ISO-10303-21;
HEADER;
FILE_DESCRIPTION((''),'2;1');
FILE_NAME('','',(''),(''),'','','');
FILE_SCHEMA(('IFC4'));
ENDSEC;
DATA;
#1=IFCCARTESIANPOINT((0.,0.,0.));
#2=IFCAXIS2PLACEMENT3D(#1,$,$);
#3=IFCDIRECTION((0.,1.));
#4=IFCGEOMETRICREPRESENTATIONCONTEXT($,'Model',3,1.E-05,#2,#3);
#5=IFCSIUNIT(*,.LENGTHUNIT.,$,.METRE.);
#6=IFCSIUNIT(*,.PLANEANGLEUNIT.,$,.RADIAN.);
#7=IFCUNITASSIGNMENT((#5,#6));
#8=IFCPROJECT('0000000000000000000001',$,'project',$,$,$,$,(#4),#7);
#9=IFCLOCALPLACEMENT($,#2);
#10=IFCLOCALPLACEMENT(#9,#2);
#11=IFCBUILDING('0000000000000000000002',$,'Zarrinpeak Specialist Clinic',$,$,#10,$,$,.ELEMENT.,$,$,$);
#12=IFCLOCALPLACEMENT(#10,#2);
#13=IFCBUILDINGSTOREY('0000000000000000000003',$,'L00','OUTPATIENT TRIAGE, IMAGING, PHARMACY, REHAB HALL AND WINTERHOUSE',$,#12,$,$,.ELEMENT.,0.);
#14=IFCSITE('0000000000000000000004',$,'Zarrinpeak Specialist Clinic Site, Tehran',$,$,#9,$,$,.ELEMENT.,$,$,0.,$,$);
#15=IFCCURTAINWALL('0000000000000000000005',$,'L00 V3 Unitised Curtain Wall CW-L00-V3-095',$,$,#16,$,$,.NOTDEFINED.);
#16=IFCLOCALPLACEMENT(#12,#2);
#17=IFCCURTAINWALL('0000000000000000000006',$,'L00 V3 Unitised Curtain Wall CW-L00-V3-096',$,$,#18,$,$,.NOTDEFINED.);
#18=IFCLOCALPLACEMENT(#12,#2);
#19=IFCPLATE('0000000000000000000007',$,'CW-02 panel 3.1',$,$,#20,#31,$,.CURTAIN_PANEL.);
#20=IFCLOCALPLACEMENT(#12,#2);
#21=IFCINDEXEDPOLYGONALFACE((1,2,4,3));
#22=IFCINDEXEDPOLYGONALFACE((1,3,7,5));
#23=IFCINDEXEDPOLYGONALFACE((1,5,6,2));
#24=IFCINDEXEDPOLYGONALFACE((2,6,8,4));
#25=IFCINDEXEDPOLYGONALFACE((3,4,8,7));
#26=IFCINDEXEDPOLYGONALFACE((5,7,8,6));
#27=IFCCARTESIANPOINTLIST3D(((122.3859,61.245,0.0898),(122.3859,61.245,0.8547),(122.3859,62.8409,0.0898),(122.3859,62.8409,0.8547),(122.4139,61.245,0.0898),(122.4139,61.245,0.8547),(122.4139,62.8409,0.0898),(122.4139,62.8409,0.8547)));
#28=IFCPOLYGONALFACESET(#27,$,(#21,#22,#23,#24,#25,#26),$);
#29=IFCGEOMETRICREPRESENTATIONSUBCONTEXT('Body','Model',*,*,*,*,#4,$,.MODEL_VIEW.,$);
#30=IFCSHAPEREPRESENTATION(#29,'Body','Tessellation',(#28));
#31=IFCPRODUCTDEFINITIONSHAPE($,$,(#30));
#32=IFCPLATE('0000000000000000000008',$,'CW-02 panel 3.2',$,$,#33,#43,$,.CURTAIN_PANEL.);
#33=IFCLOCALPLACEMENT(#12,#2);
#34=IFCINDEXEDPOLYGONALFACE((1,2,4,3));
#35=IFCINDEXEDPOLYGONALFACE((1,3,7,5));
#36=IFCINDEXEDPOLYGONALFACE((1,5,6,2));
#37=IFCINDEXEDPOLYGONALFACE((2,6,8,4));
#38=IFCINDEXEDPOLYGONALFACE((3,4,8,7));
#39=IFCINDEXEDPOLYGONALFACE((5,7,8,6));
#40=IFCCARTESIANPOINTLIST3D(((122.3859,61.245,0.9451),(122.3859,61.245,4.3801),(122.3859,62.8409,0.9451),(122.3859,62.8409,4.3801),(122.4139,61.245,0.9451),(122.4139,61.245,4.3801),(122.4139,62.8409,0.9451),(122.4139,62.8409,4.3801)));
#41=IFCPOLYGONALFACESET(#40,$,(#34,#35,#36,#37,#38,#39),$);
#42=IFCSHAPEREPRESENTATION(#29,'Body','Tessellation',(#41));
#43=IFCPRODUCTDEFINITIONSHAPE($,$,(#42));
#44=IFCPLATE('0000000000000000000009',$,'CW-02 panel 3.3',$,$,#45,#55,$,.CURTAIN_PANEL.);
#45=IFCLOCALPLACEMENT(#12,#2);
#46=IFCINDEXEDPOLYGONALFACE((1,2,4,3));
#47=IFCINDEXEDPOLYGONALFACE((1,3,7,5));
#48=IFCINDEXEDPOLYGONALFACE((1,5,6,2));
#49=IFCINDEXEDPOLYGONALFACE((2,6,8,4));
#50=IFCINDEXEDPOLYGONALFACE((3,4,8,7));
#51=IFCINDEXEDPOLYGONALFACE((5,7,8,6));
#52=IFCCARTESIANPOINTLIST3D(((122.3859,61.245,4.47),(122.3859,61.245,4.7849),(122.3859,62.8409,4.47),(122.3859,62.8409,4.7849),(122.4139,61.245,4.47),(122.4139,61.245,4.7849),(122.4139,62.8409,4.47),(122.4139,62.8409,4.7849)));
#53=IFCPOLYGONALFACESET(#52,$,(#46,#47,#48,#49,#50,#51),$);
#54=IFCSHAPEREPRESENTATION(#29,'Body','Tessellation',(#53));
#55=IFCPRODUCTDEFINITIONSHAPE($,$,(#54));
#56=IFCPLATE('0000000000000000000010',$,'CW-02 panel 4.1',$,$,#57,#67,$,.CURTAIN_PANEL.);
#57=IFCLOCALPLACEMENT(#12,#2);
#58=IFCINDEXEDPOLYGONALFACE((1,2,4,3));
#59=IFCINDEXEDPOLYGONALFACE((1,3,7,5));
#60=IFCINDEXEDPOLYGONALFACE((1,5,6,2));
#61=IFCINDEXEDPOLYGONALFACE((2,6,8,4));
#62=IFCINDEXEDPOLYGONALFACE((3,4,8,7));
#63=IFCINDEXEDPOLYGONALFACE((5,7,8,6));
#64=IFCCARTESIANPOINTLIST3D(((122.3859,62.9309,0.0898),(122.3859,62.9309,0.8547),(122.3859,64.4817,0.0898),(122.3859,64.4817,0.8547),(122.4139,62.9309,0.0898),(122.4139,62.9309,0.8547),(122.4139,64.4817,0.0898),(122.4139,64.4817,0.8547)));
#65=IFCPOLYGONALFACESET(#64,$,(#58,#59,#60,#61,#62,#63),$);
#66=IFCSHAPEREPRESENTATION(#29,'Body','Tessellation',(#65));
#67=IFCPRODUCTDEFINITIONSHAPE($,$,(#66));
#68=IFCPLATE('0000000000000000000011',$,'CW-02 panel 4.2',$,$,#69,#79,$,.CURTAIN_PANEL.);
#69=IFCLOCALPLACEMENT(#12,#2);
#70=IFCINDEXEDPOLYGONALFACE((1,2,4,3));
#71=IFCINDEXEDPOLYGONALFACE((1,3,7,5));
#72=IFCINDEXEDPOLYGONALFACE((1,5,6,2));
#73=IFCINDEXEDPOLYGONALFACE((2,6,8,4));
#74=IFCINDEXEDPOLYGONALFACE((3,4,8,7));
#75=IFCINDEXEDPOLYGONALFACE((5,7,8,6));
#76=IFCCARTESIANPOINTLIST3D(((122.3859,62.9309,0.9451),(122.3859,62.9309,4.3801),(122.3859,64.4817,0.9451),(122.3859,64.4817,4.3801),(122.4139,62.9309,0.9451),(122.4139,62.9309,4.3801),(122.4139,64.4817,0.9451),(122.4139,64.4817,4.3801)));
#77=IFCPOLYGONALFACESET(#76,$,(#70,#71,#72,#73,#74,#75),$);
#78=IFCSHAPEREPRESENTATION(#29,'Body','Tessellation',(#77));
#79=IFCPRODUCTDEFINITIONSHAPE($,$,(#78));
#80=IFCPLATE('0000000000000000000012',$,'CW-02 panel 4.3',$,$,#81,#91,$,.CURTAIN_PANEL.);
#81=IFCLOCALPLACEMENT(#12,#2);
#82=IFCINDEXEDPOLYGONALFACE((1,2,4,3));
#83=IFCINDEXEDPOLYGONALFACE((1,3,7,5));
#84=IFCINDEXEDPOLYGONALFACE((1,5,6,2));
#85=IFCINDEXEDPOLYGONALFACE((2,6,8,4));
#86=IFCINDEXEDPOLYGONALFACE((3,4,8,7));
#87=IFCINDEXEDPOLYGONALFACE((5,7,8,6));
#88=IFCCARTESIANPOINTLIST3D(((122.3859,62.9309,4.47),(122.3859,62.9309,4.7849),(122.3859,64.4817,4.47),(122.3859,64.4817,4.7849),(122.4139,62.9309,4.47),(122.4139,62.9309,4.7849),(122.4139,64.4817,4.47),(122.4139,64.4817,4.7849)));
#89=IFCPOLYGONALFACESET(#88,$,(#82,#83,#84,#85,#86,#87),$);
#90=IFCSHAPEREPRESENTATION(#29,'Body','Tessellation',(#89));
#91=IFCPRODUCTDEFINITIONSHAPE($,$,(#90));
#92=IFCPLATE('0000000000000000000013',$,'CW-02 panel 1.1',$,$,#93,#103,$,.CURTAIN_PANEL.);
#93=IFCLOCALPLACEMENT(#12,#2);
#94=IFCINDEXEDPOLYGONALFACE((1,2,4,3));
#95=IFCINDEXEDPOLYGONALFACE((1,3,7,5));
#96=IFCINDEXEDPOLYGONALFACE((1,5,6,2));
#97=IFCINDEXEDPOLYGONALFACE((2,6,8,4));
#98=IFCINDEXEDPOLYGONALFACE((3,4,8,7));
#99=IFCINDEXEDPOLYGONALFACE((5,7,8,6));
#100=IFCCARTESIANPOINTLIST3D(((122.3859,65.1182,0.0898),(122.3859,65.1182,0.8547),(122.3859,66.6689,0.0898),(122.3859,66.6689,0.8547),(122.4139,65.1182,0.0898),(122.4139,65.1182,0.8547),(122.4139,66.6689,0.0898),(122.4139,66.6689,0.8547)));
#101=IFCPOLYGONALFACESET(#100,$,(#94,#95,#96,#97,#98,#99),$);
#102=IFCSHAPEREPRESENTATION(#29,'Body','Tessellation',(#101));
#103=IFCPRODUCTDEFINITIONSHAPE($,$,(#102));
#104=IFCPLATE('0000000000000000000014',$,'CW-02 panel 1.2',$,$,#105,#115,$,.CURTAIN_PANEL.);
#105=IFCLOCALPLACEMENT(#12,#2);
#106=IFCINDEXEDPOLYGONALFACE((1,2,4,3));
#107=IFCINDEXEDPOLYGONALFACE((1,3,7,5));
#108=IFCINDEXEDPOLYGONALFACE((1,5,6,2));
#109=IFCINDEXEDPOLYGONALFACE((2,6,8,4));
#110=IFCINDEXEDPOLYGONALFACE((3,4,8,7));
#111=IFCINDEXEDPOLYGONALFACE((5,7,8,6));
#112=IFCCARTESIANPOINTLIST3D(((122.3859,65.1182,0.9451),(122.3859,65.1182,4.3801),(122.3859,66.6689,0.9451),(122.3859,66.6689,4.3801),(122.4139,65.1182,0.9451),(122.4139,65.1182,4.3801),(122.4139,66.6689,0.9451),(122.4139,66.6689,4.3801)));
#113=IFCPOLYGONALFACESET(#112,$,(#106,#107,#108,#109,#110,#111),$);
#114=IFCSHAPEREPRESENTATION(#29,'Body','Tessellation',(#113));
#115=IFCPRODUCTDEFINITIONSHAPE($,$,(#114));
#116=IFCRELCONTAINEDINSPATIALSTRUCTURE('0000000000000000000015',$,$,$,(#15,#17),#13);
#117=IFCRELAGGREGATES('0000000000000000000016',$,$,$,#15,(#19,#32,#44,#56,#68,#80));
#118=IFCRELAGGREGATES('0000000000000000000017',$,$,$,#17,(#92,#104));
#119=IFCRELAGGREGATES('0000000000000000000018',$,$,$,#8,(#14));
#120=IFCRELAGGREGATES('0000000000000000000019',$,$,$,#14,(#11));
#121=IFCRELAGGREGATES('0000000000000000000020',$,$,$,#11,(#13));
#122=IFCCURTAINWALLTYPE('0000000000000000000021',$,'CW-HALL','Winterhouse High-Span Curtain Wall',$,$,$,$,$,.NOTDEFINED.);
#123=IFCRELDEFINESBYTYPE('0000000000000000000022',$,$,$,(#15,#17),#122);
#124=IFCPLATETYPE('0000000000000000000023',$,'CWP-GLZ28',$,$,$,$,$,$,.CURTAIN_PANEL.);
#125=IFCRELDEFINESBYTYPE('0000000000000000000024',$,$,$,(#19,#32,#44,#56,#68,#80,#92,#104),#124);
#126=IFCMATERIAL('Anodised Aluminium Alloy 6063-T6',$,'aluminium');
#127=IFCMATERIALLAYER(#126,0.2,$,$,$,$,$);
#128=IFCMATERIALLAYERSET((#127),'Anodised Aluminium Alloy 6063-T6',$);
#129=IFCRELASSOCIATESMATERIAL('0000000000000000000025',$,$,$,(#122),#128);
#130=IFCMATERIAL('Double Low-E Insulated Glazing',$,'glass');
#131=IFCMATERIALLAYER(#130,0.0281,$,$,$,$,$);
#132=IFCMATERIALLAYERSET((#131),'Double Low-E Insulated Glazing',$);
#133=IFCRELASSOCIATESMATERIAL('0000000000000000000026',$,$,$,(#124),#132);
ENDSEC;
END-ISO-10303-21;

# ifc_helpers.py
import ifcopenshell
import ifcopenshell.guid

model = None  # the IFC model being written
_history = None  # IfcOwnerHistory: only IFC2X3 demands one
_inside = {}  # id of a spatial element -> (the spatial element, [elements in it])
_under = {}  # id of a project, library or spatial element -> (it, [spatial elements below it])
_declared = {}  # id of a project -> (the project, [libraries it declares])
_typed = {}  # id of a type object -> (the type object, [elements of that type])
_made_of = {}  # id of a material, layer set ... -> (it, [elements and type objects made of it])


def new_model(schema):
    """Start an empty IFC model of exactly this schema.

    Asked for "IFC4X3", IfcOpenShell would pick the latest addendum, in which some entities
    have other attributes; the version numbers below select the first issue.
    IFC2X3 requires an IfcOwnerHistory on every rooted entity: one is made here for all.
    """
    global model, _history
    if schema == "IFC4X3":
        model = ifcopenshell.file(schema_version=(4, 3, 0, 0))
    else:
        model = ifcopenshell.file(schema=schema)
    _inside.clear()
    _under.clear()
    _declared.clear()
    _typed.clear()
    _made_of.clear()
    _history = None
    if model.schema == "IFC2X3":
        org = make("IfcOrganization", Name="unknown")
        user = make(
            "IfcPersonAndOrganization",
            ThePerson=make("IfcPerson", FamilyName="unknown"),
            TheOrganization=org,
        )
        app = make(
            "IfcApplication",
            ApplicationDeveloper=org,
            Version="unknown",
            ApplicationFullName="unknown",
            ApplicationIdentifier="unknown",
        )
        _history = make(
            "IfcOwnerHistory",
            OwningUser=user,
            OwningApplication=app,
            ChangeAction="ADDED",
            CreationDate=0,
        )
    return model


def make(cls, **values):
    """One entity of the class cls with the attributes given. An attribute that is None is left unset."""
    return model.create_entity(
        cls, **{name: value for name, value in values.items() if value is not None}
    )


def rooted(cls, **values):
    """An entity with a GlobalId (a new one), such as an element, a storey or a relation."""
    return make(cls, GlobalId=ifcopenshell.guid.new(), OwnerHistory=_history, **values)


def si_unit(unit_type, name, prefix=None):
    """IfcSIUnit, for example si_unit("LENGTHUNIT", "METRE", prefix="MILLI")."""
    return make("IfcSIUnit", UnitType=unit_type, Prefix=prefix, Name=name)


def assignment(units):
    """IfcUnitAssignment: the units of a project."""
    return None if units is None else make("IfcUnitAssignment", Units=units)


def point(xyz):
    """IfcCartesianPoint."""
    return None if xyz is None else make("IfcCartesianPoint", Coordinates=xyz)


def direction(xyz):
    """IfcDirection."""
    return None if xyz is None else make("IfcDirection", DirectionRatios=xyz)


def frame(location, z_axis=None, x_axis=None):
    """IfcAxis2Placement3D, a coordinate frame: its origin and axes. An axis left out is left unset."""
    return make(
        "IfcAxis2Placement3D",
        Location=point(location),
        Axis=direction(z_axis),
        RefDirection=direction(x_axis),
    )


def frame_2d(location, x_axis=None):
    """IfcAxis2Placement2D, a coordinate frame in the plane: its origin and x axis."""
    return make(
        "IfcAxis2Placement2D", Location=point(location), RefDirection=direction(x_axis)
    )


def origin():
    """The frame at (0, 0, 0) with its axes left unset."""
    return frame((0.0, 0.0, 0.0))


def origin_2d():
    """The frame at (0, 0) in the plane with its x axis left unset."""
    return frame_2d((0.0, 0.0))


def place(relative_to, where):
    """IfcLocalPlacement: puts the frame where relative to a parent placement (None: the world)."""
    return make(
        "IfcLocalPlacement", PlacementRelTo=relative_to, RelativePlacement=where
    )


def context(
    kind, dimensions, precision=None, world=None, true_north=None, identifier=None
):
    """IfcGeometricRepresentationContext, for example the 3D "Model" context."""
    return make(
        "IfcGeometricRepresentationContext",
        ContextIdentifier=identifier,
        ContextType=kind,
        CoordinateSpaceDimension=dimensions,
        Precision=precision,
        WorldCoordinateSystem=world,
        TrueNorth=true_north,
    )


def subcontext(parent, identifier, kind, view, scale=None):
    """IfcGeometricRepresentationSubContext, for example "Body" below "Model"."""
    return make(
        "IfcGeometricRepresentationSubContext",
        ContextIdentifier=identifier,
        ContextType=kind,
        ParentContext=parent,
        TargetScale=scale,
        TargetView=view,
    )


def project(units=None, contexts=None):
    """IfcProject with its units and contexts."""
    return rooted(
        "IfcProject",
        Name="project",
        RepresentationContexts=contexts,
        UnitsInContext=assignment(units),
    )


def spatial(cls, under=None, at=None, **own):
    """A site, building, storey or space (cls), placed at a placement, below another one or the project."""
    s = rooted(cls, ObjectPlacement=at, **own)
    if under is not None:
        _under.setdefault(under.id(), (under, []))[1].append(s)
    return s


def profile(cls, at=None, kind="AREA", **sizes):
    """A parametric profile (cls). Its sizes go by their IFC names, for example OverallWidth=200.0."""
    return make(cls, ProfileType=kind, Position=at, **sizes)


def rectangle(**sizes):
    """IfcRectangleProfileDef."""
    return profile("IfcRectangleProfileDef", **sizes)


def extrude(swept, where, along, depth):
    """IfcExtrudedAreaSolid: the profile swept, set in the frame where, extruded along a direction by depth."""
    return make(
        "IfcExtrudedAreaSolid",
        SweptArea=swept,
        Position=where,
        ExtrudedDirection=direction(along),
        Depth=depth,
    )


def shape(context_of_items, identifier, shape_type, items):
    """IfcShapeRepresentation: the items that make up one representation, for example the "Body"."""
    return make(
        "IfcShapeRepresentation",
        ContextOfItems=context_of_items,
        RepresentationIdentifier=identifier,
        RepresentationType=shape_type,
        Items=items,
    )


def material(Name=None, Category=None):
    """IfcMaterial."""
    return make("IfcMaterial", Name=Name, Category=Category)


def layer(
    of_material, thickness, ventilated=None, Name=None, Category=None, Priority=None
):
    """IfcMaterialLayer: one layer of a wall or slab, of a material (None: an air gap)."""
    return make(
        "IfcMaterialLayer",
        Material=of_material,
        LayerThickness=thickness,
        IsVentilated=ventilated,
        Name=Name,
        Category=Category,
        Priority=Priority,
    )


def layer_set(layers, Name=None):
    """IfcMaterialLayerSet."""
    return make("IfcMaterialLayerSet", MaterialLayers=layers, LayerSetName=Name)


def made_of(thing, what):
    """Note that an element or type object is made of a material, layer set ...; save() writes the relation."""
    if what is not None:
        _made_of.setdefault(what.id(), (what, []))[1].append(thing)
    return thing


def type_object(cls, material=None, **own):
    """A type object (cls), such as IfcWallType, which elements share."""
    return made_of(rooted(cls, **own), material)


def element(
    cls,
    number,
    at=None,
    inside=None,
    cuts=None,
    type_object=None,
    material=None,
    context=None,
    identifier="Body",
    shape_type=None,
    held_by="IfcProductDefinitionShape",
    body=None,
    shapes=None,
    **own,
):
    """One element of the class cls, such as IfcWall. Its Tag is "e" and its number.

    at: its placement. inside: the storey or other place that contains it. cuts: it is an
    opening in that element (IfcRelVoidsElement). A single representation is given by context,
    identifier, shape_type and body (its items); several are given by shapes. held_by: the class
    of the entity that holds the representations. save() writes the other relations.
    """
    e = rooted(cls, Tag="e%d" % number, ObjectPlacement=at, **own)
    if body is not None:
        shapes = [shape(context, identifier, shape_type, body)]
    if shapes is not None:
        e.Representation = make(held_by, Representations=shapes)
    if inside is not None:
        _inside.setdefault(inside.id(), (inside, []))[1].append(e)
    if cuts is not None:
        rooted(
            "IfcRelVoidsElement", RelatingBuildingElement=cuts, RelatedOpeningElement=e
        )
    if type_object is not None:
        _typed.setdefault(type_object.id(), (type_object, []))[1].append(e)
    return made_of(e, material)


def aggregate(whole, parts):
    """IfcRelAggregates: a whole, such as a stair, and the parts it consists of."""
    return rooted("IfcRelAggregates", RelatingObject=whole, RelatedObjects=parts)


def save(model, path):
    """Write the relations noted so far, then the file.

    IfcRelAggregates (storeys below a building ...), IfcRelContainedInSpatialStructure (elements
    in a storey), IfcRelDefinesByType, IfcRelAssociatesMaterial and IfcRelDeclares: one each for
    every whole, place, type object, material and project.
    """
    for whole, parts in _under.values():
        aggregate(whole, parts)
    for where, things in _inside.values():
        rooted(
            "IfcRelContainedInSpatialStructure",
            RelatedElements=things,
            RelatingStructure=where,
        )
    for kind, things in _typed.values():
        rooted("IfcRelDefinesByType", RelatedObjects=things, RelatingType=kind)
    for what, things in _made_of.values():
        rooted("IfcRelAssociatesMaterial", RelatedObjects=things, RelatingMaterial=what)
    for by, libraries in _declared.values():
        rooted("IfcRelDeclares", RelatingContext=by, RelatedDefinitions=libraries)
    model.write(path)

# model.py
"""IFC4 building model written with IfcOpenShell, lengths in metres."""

from ifc_helpers import new_model, si_unit, direction, frame, origin, origin_2d, place, context, subcontext, project, spatial, rectangle, extrude, material, layer, layer_set, type_object, element, aggregate, save


model = new_model("IFC4")

# Units and contexts
model_context = context("Model", 3, precision=1e-05, world=origin(), true_north=direction((0.0, 1.0)))
body_context = subcontext(model_context, "Body", "Model", "MODEL_VIEW")
ifc_project = project(units=[si_unit("LENGTHUNIT", "METRE"), si_unit("PLANEANGLEUNIT", "RADIAN")], contexts=[model_context])

# Site, building, storey
site_placement = place(None, origin())
site = spatial("IfcSite", under=ifc_project, at=site_placement, Name="Zarrinpeak Specialist Clinic Site, Tehran", CompositionType="ELEMENT", RefElevation=0.0)
building_placement = place(site_placement, origin())
building = spatial("IfcBuilding", under=site, at=building_placement, Name="Zarrinpeak Specialist Clinic", CompositionType="ELEMENT")
storey_placement = place(building_placement, origin())
storey = spatial("IfcBuildingStorey", under=building, at=storey_placement, Name="L00", Description="OUTPATIENT TRIAGE, IMAGING, PHARMACY, REHAB HALL AND WINTERHOUSE", CompositionType="ELEMENT", Elevation=0.0)

# Curtain walls
ifc_material_1 = material(Name="Anodised Aluminium Alloy 6063-T6", Category="aluminium")
ifc_layer_1 = layer(ifc_material_1, 0.2)
ifc_layer_set_1 = layer_set([ifc_layer_1], Name="Anodised Aluminium Alloy 6063-T6")
curtain_wall_type = type_object("IfcCurtainWallType", Name="CW-HALL", Description="Winterhouse High-Span Curtain Wall", PredefinedType="NOTDEFINED", material=ifc_layer_set_1)
curtain_wall_1_placement = place(storey_placement, origin())
curtain_wall_1 = element("IfcCurtainWall", 1, at=curtain_wall_1_placement, inside=storey, type_object=curtain_wall_type, Name="L00 V3 Unitised Curtain Wall CW-L00-V3-095", PredefinedType="NOTDEFINED")
curtain_wall_2_placement = place(storey_placement, origin())
curtain_wall_2 = element("IfcCurtainWall", 2, at=curtain_wall_2_placement, inside=storey, type_object=curtain_wall_type, Name="L00 V3 Unitised Curtain Wall CW-L00-V3-096", PredefinedType="NOTDEFINED")

# Plates
ifc_material_2 = material(Name="Double Low-E Insulated Glazing", Category="glass")
ifc_layer_2 = layer(ifc_material_2, 0.0281)
ifc_layer_set_2 = layer_set([ifc_layer_2], Name="Double Low-E Insulated Glazing")
plate_type = type_object("IfcPlateType", Name="CWP-GLZ28", PredefinedType="CURTAIN_PANEL", material=ifc_layer_set_2)
plate_1_placement = place(storey_placement, frame((122.3999, 62.043, 0.0898), z_axis=(0.0, 0.0, 1.0), x_axis=(0.0, 1.0, 0.0)))
plate_1 = element("IfcPlate", 3, at=plate_1_placement, type_object=plate_type, Name="CW-02 panel 3.1", PredefinedType="CURTAIN_PANEL", context=body_context, shape_type="SweptSolid", body=[
    extrude(rectangle(XDim=1.5959, YDim=0.0281, at=origin_2d()), origin(), (0.0, 0.0, 1.0), 0.7649),
])
plate_2_placement = place(storey_placement, frame((122.3999, 62.043, 0.9451), z_axis=(0.0, 0.0, 1.0), x_axis=(0.0, 1.0, 0.0)))
plate_2 = element("IfcPlate", 4, at=plate_2_placement, type_object=plate_type, Name="CW-02 panel 3.2", PredefinedType="CURTAIN_PANEL", context=body_context, shape_type="SweptSolid", body=[
    extrude(rectangle(XDim=1.5959, YDim=0.0281, at=origin_2d()), origin(), (0.0, 0.0, 1.0), 3.4351),
])
plate_3_placement = place(storey_placement, frame((122.3999, 62.043, 4.47), z_axis=(0.0, 0.0, 1.0), x_axis=(0.0, 1.0, 0.0)))
plate_3 = element("IfcPlate", 5, at=plate_3_placement, type_object=plate_type, Name="CW-02 panel 3.3", PredefinedType="CURTAIN_PANEL", context=body_context, shape_type="SweptSolid", body=[
    extrude(rectangle(XDim=1.5959, YDim=0.0281, at=origin_2d()), origin(), (0.0, 0.0, 1.0), 0.3149),
])
plate_4_placement = place(storey_placement, frame((122.3999, 63.7063, 0.0898), z_axis=(0.0, 0.0, 1.0), x_axis=(0.0, 1.0, 0.0)))
plate_4 = element("IfcPlate", 6, at=plate_4_placement, type_object=plate_type, Name="CW-02 panel 4.1", PredefinedType="CURTAIN_PANEL", context=body_context, shape_type="SweptSolid", body=[
    extrude(rectangle(XDim=1.5508, YDim=0.0281, at=origin_2d()), origin(), (0.0, 0.0, 1.0), 0.7649),
])
plate_5_placement = place(storey_placement, frame((122.3999, 63.7063, 0.9451), z_axis=(0.0, 0.0, 1.0), x_axis=(0.0, 1.0, 0.0)))
plate_5 = element("IfcPlate", 7, at=plate_5_placement, type_object=plate_type, Name="CW-02 panel 4.2", PredefinedType="CURTAIN_PANEL", context=body_context, shape_type="SweptSolid", body=[
    extrude(rectangle(XDim=1.5508, YDim=0.0281, at=origin_2d()), origin(), (0.0, 0.0, 1.0), 3.4351),
])
plate_6_placement = place(storey_placement, frame((122.3999, 63.7063, 4.47), z_axis=(0.0, 0.0, 1.0), x_axis=(0.0, 1.0, 0.0)))
plate_6 = element("IfcPlate", 8, at=plate_6_placement, type_object=plate_type, Name="CW-02 panel 4.3", PredefinedType="CURTAIN_PANEL", context=body_context, shape_type="SweptSolid", body=[
    extrude(rectangle(XDim=1.5508, YDim=0.0281, at=origin_2d()), origin(), (0.0, 0.0, 1.0), 0.3149),
])
aggregate(curtain_wall_1, [plate_1, plate_2, plate_3, plate_4, plate_5, plate_6])
plate_7_placement = place(storey_placement, frame((122.3999, 65.8936, 0.0898), z_axis=(0.0, 0.0, 1.0), x_axis=(0.0, 1.0, 0.0)))
plate_7 = element("IfcPlate", 9, at=plate_7_placement, type_object=plate_type, Name="CW-02 panel 1.1", PredefinedType="CURTAIN_PANEL", context=body_context, shape_type="SweptSolid", body=[
    extrude(rectangle(XDim=1.5508, YDim=0.0281, at=origin_2d()), origin(), (0.0, 0.0, 1.0), 0.7649),
])
plate_8_placement = place(storey_placement, frame((122.3999, 65.8936, 0.9451), z_axis=(0.0, 0.0, 1.0), x_axis=(0.0, 1.0, 0.0)))
plate_8 = element("IfcPlate", 10, at=plate_8_placement, type_object=plate_type, Name="CW-02 panel 1.2", PredefinedType="CURTAIN_PANEL", context=body_context, shape_type="SweptSolid", body=[
    extrude(rectangle(XDim=1.5508, YDim=0.0281, at=origin_2d()), origin(), (0.0, 0.0, 1.0), 3.4351),
])
aggregate(curtain_wall_2, [plate_7, plate_8])

save(model, "model.ifc")
